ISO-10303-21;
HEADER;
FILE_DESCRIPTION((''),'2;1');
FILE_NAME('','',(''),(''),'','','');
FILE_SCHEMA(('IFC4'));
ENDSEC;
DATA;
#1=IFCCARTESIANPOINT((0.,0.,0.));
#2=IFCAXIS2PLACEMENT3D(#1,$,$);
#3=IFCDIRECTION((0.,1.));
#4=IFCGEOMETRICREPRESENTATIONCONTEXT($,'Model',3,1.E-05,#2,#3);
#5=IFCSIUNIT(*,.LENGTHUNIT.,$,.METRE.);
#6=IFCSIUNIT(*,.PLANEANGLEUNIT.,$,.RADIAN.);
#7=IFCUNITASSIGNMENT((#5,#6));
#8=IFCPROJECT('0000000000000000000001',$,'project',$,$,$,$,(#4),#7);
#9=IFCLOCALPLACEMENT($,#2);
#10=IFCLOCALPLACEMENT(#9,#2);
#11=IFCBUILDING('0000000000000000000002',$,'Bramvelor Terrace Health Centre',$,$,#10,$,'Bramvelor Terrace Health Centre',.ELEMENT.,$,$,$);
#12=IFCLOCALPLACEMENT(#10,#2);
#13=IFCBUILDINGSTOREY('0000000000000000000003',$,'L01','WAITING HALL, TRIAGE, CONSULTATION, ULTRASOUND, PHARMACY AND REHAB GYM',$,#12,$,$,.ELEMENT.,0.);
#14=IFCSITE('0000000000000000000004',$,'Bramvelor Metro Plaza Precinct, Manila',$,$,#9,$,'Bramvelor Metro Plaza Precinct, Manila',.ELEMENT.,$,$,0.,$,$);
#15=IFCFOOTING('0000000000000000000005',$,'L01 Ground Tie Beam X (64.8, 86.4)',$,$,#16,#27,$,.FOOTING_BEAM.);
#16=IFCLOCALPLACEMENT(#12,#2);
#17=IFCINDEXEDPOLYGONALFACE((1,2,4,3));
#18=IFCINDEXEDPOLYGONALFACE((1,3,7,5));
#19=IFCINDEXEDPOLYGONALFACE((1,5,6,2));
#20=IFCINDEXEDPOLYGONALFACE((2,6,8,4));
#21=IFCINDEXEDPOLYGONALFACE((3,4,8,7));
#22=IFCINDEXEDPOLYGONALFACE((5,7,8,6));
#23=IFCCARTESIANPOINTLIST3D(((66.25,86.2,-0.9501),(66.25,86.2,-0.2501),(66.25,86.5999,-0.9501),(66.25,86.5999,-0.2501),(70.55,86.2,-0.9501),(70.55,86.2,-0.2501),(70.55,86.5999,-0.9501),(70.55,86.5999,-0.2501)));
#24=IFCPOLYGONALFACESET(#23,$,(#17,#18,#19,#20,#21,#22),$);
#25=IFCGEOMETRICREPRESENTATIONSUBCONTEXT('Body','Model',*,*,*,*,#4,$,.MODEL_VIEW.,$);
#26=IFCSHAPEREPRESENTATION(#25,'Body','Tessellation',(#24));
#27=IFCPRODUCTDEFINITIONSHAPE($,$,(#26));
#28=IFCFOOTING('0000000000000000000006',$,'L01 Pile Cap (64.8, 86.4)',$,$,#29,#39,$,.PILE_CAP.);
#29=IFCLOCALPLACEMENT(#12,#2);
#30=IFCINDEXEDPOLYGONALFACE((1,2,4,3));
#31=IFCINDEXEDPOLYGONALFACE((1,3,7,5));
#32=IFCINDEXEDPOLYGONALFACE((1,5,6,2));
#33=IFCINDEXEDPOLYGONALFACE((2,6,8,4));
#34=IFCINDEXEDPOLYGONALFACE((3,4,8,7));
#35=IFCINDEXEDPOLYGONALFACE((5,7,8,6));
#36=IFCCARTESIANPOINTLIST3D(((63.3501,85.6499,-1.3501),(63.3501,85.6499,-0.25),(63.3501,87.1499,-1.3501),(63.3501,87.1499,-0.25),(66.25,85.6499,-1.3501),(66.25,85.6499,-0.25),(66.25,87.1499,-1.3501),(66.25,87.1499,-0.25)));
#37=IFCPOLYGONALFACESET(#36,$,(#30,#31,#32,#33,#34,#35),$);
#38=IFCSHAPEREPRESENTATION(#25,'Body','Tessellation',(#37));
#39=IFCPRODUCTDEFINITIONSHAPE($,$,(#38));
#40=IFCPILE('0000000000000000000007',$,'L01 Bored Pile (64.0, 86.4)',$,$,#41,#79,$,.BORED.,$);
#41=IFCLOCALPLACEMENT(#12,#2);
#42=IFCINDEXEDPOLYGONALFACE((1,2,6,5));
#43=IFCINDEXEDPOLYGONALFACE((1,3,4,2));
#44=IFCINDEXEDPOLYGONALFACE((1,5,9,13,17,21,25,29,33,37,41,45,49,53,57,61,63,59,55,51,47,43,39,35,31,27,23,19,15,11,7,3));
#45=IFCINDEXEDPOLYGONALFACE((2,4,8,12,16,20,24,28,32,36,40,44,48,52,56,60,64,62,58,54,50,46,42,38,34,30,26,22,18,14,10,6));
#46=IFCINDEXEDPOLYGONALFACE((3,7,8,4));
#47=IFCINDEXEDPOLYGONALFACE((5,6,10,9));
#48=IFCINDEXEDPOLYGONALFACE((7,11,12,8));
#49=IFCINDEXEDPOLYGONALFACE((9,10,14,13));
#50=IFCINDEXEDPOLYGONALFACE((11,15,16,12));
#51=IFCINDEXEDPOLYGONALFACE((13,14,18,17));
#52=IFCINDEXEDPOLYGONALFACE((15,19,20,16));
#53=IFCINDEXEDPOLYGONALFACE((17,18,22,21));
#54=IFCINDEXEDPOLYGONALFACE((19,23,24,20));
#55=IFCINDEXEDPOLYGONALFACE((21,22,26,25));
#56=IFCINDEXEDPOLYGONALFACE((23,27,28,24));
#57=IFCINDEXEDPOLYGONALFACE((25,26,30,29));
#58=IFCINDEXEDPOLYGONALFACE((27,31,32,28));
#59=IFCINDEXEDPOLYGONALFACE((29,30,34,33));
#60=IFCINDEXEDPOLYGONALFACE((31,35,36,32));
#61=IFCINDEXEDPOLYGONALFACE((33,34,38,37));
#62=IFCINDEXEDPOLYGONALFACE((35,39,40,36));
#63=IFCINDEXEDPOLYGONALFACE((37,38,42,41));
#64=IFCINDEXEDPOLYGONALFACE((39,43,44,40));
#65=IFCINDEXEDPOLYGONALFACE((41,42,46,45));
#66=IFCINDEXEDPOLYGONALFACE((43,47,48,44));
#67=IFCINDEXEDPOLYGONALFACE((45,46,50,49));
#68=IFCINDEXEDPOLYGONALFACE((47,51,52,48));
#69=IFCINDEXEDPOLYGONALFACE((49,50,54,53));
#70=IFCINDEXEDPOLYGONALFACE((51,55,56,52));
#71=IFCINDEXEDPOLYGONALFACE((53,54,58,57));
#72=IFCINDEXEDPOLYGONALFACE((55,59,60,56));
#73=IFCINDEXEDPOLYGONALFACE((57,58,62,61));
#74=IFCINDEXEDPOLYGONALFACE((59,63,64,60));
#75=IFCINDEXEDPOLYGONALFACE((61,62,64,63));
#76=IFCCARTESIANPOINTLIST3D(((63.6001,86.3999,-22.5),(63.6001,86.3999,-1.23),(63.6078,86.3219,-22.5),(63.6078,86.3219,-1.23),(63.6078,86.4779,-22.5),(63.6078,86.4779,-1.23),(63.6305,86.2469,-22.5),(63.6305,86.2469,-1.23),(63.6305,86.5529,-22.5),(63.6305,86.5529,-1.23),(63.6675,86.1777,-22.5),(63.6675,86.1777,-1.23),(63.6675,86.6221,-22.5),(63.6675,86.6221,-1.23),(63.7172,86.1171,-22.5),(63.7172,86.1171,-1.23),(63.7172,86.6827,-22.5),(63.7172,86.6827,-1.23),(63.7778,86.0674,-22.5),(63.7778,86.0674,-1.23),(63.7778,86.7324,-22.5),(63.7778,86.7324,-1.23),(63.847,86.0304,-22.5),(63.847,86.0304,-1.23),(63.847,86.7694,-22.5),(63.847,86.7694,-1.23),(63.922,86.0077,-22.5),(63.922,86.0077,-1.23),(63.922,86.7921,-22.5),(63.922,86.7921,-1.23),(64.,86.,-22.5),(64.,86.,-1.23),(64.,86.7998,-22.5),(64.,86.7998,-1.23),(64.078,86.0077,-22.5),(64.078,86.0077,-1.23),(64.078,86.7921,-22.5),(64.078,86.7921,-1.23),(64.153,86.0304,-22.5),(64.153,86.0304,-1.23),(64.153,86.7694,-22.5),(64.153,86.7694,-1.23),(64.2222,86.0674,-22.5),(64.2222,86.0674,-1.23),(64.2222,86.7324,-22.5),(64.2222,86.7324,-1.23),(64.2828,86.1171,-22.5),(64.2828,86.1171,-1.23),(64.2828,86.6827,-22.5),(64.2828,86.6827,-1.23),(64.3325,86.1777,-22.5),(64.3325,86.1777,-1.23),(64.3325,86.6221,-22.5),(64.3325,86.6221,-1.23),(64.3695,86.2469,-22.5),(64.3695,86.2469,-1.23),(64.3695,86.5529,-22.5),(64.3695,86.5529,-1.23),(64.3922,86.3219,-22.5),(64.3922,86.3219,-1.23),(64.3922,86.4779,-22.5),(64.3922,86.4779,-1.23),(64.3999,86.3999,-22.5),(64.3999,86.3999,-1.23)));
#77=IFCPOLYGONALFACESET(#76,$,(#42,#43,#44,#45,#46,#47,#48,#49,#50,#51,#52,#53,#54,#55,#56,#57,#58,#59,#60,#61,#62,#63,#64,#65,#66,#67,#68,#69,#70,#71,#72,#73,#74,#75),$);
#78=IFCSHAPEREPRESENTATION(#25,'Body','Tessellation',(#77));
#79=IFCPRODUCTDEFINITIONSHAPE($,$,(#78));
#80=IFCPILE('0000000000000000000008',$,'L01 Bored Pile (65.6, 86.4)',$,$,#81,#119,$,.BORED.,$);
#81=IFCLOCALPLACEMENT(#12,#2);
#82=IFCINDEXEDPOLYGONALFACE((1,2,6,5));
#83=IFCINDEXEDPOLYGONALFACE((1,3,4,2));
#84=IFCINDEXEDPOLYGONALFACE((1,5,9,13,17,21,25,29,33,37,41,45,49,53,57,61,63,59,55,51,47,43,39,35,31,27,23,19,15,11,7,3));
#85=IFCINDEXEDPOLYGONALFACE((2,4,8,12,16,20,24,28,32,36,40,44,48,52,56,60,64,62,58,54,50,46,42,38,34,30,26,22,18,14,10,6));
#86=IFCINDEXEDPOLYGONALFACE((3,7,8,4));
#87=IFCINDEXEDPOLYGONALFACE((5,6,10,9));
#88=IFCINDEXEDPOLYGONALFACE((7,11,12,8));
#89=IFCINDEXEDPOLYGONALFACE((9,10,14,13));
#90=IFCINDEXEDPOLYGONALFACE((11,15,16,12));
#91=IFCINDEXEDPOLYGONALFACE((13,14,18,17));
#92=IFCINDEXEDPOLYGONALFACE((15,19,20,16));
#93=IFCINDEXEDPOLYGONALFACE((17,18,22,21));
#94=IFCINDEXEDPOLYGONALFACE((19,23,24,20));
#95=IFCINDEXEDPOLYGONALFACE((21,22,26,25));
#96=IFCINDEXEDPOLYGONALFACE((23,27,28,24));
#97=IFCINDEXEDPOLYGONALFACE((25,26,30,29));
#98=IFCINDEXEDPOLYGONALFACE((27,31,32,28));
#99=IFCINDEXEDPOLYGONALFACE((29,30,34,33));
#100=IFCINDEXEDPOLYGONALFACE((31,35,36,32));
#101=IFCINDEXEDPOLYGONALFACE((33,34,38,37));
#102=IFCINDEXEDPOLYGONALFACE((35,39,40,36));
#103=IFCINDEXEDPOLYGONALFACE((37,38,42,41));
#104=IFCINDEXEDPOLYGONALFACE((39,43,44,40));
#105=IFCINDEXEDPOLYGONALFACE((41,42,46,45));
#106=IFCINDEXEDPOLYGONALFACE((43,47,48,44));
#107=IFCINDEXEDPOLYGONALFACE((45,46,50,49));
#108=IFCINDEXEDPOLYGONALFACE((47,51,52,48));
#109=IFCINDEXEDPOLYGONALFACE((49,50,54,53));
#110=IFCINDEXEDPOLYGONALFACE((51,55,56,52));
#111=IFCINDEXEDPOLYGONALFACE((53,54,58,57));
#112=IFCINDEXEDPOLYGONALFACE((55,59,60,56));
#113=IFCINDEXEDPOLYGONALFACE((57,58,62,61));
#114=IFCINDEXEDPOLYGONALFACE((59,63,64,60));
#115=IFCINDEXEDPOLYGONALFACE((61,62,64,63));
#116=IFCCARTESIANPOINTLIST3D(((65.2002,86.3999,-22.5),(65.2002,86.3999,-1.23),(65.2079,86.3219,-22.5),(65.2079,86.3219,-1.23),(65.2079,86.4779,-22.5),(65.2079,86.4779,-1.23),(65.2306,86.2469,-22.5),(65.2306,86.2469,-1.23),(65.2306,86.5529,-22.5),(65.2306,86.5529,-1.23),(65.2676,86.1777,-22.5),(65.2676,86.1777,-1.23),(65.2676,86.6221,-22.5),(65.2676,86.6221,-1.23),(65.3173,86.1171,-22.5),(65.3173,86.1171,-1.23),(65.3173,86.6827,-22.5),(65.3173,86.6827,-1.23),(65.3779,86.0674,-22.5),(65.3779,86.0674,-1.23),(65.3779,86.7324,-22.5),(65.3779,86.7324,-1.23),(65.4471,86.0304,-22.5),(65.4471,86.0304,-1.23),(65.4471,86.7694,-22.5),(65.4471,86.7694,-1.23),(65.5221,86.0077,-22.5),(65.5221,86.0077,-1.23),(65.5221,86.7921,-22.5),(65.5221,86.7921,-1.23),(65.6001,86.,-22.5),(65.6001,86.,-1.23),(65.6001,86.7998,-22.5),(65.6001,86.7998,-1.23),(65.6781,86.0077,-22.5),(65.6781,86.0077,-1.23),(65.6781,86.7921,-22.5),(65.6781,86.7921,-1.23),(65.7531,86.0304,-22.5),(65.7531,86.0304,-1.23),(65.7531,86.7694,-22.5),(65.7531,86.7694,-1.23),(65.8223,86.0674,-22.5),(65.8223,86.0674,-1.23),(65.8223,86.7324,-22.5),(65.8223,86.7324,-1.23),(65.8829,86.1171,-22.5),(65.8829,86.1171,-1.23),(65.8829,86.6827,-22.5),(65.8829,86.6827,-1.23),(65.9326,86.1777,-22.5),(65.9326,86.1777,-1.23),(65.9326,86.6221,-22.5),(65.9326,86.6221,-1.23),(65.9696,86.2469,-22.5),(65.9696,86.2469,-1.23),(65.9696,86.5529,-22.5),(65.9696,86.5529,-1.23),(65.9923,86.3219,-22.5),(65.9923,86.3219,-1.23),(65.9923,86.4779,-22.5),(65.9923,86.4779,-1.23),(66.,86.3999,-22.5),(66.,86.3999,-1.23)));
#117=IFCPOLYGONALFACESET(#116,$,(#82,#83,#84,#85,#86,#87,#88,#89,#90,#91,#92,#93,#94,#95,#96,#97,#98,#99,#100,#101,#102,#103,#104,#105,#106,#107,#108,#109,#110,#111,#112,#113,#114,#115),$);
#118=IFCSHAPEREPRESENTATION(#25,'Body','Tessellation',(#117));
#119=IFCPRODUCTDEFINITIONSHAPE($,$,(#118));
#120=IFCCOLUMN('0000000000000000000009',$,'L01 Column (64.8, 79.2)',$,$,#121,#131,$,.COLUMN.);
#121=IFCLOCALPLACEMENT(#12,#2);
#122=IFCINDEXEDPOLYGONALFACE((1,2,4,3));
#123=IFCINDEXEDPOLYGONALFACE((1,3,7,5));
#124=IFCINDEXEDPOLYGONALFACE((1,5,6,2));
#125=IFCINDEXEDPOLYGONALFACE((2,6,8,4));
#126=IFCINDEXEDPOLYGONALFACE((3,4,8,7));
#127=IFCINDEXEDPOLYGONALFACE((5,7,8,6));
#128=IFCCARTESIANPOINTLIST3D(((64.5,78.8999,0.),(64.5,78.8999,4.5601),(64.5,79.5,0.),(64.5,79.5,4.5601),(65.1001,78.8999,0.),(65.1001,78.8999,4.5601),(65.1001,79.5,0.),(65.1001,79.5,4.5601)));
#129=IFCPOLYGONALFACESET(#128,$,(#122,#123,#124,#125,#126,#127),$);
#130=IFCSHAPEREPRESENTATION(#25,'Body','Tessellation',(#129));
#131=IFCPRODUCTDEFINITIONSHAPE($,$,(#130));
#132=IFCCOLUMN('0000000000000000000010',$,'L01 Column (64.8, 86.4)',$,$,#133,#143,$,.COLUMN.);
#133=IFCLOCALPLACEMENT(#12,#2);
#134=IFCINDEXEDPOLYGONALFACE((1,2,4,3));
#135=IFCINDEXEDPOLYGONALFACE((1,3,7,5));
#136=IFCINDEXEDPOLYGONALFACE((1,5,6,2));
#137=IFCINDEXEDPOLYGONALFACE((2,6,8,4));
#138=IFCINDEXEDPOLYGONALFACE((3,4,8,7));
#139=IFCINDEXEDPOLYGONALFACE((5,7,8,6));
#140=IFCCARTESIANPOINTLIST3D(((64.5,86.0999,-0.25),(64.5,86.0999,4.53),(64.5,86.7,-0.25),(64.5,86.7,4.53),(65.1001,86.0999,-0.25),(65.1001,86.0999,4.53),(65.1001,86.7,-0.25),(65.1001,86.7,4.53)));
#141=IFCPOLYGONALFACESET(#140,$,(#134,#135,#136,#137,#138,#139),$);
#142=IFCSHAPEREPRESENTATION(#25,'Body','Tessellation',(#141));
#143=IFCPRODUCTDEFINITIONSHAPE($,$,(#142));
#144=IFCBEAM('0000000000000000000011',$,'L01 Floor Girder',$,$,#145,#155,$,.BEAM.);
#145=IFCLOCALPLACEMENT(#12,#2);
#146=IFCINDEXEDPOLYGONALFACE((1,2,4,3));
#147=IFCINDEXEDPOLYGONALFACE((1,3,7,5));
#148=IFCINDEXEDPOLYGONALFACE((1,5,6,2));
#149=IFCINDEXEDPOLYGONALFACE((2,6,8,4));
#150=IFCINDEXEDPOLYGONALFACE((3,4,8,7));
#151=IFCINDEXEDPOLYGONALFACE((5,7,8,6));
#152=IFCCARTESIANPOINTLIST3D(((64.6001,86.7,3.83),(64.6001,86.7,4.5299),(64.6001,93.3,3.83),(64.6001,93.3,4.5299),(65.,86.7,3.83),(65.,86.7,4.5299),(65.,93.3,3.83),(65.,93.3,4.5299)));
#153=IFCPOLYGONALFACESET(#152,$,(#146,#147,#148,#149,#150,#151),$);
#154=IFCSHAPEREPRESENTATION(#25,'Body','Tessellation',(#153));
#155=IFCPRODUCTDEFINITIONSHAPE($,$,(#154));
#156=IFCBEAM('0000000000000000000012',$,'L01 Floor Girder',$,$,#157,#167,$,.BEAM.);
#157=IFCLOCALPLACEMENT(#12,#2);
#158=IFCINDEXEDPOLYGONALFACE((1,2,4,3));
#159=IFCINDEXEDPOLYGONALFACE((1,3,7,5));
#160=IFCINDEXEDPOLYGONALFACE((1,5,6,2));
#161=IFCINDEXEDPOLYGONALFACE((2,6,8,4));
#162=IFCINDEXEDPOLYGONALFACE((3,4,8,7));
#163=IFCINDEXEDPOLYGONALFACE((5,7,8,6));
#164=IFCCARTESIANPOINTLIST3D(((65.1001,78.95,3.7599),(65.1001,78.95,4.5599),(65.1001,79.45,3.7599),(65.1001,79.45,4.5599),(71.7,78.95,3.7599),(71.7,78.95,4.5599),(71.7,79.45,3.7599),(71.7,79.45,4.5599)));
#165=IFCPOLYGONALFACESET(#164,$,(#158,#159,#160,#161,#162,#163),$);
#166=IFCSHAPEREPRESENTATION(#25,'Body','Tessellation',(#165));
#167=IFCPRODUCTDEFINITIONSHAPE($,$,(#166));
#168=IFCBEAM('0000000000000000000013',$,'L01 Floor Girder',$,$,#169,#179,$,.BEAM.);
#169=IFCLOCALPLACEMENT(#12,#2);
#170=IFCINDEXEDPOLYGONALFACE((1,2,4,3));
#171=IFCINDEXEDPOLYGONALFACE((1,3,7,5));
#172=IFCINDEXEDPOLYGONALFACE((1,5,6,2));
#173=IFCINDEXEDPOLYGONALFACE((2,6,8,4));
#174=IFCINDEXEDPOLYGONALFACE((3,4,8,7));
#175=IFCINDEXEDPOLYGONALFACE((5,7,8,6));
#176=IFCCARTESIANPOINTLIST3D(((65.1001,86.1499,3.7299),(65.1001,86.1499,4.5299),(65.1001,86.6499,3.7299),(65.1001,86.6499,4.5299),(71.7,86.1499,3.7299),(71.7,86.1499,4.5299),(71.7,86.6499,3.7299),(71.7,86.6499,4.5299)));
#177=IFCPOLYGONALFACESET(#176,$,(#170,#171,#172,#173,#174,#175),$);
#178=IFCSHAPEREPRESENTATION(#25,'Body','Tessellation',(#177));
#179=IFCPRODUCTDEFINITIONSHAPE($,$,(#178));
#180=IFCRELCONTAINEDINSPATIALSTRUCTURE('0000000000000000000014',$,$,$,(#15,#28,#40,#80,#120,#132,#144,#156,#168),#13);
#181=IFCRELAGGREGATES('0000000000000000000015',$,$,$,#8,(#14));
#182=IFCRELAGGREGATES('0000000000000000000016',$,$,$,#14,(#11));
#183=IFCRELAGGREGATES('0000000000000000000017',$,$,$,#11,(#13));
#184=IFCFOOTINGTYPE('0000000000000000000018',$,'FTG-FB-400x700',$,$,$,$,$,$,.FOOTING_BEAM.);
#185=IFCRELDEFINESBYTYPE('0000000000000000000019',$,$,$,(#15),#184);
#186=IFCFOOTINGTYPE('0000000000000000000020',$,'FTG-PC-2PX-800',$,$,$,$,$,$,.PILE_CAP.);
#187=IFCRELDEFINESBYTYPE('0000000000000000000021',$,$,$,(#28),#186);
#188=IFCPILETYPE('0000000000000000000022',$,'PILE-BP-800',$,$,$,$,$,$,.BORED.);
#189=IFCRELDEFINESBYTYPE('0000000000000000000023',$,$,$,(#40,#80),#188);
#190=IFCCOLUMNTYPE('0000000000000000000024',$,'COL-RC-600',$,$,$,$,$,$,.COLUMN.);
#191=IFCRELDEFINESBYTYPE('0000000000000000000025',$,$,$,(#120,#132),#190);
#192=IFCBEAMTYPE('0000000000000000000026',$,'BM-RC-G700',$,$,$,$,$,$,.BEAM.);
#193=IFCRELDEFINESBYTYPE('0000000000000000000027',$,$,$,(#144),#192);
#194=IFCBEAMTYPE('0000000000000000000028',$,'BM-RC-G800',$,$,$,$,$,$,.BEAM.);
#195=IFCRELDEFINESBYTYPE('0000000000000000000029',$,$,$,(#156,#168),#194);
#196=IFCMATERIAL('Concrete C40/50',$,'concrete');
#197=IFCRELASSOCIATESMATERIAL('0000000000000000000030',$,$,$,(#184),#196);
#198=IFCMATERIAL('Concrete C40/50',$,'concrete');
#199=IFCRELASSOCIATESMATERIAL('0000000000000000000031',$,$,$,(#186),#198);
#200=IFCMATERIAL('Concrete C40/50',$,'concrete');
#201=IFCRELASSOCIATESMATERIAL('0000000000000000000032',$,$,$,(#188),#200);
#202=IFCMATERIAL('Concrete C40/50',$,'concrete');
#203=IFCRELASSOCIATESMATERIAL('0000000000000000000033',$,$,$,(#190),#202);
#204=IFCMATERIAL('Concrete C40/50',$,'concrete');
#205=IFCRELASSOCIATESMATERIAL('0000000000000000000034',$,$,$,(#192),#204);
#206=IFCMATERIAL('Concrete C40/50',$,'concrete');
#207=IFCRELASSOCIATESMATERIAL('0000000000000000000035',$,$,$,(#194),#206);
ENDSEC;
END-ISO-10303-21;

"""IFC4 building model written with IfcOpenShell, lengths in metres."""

from ifc_helpers import new_model, si_unit, direction, frame, origin, origin_2d, place, context, subcontext, project, spatial, rectangle, circle, extrude, material, material_profile, profile_set, type_object, element, save


model = new_model("IFC4")

# Units and contexts
model_context = context("Model", 3, precision=1e-05, world=origin(), true_north=direction((0.0, 1.0)))
body_context = subcontext(model_context, "Body", "Model", "MODEL_VIEW")
ifc_project = project(units=[si_unit("LENGTHUNIT", "METRE"), si_unit("PLANEANGLEUNIT", "RADIAN")], contexts=[model_context])

# Site, building, storey
site_placement = place(None, origin())
site = spatial("IfcSite", under=ifc_project, at=site_placement, Name="Bramvelor Metro Plaza Precinct, Manila", LongName="Bramvelor Metro Plaza Precinct, Manila", CompositionType="ELEMENT", RefElevation=0.0)
building_placement = place(site_placement, origin())
building = spatial("IfcBuilding", under=site, at=building_placement, Name="Bramvelor Terrace Health Centre", LongName="Bramvelor Terrace Health Centre", CompositionType="ELEMENT")
storey_placement = place(building_placement, origin())
storey = spatial("IfcBuildingStorey", under=building, at=storey_placement, Name="L01", Description="WAITING HALL, TRIAGE, CONSULTATION, ULTRASOUND, PHARMACY AND REHAB GYM", CompositionType="ELEMENT", Elevation=0.0)

# Footings
ifc_material_1 = material(Name="Concrete C40/50", Category="concrete")
ifc_material_profile_1 = material_profile(ifc_material_1, rectangle(XDim=0.3999, YDim=0.7, at=origin_2d()), Name="RC 400x700")
ifc_profile_set_1 = profile_set([ifc_material_profile_1], Name="Concrete C40/50")
footing_type_1 = type_object("IfcFootingType", Name="FTG-FB-400x700", PredefinedType="FOOTING_BEAM", material=ifc_profile_set_1)
footing_1_placement = place(storey_placement, frame((66.25, 86.3999, -0.6001), z_axis=(1.0, 0.0, 0.0), x_axis=(0.0, 1.0, 0.0)))
element("IfcFooting", 1, at=footing_1_placement, inside=storey, type_object=footing_type_1, Name="L01 Ground Tie Beam X (64.8, 86.4)", PredefinedType="FOOTING_BEAM", context=body_context, shape_type="SweptSolid", body=[
    extrude(rectangle(XDim=0.3999, YDim=0.7, at=origin_2d()), origin(), (0.0, 0.0, 1.0), 4.3),
])
ifc_material_2 = material(Name="Concrete C40/50", Category="concrete")
footing_type_2 = type_object("IfcFootingType", Name="FTG-PC-2PX-800", PredefinedType="PILE_CAP", material=ifc_material_2)
footing_2_placement = place(storey_placement, frame((64.8, 86.3999, -1.3501), z_axis=(0.0, 0.0, 1.0), x_axis=(1.0, 0.0, 0.0)))
element("IfcFooting", 2, at=footing_2_placement, inside=storey, type_object=footing_type_2, Name="L01 Pile Cap (64.8, 86.4)", PredefinedType="PILE_CAP", context=body_context, shape_type="SweptSolid", body=[
    extrude(rectangle(XDim=2.8999, YDim=1.5, at=origin_2d()), origin(), (0.0, 0.0, 1.0), 1.1001),
])

# Piles
ifc_material_3 = material(Name="Concrete C40/50", Category="concrete")
ifc_material_profile_2 = material_profile(ifc_material_3, circle(Radius=0.3999, at=origin_2d()), Name="BP D800")
ifc_profile_set_2 = profile_set([ifc_material_profile_2], Name="Concrete C40/50")
pile_type = type_object("IfcPileType", Name="PILE-BP-800", PredefinedType="BORED", material=ifc_profile_set_2)
for number, where, z_axis, x_axis, name in (
    (3, (64.0, 86.3999, -1.23), (0.0, 0.0, -1.0), (1.0, 0.0, 0.0), "L01 Bored Pile (64.0, 86.4)"),
    (4, (65.6001, 86.3999, -1.23), (0.0, 0.0, -1.0), (1.0, 0.0, 0.0), "L01 Bored Pile (65.6, 86.4)"),
):
    element("IfcPile", number, at=place(storey_placement, frame(where, z_axis=z_axis, x_axis=x_axis)), inside=storey, type_object=pile_type, Name=name, PredefinedType="BORED", context=body_context, shape_type="SweptSolid", body=[
        extrude(circle(Radius=0.3999, at=origin_2d()), origin(), (0.0, 0.0, 1.0), 21.27),
    ])

# Columns
ifc_material_4 = material(Name="Concrete C40/50", Category="concrete")
ifc_material_profile_3 = material_profile(ifc_material_4, rectangle(XDim=0.6001, YDim=0.6001, at=origin_2d()), Name="RC 600x600")
ifc_profile_set_3 = profile_set([ifc_material_profile_3], Name="Concrete C40/50")
column_type = type_object("IfcColumnType", Name="COL-RC-600", PredefinedType="COLUMN", material=ifc_profile_set_3)
column_1_placement = place(storey_placement, frame((64.8, 79.2, 0.0), z_axis=(0.0, 0.0, 1.0), x_axis=(1.0, 0.0, 0.0)))
element("IfcColumn", 5, at=column_1_placement, inside=storey, type_object=column_type, Name="L01 Column (64.8, 79.2)", PredefinedType="COLUMN", context=body_context, shape_type="SweptSolid", body=[
    extrude(rectangle(XDim=0.6001, YDim=0.6001, at=origin_2d()), origin(), (0.0, 0.0, 1.0), 4.5601),
])
column_2_placement = place(storey_placement, frame((64.8, 86.3999, -0.25), z_axis=(0.0, 0.0, 1.0), x_axis=(1.0, 0.0, 0.0)))
element("IfcColumn", 6, at=column_2_placement, inside=storey, type_object=column_type, Name="L01 Column (64.8, 86.4)", PredefinedType="COLUMN", context=body_context, shape_type="SweptSolid", body=[
    extrude(rectangle(XDim=0.6001, YDim=0.6001, at=origin_2d()), origin(), (0.0, 0.0, 1.0), 4.78),
])

# Beams
ifc_material_5 = material(Name="Concrete C40/50", Category="concrete")
ifc_material_profile_4 = material_profile(ifc_material_5, rectangle(XDim=0.3999, YDim=0.7, at=origin_2d()), Name="RC 400x700")
ifc_profile_set_4 = profile_set([ifc_material_profile_4], Name="Concrete C40/50")
beam_type_1 = type_object("IfcBeamType", Name="BM-RC-G700", PredefinedType="BEAM", material=ifc_profile_set_4)
beam_1_placement = place(storey_placement, frame((64.8, 86.7, 4.1799), z_axis=(0.0, 1.0, 0.0), x_axis=(-1.0, 0.0, 0.0)))
element("IfcBeam", 7, at=beam_1_placement, inside=storey, type_object=beam_type_1, Name="L01 Floor Girder", PredefinedType="BEAM", context=body_context, shape_type="SweptSolid", body=[
    extrude(rectangle(XDim=0.3999, YDim=0.7, at=origin_2d()), origin(), (0.0, 0.0, 1.0), 6.6001),
])
ifc_material_6 = material(Name="Concrete C40/50", Category="concrete")
ifc_material_profile_5 = material_profile(ifc_material_6, rectangle(XDim=0.5, YDim=0.8, at=origin_2d()), Name="RC 500x800")
ifc_profile_set_5 = profile_set([ifc_material_profile_5], Name="Concrete C40/50")
beam_type_2 = type_object("IfcBeamType", Name="BM-RC-G800", PredefinedType="BEAM", material=ifc_profile_set_5)
for number, where, z_axis, x_axis, name in (
    (8, (65.1001, 79.2, 4.1599), (1.0, 0.0, 0.0), (0.0, 1.0, 0.0), "L01 Floor Girder"),
    (9, (65.1001, 86.3999, 4.1299), (1.0, 0.0, 0.0), (0.0, 1.0, 0.0), "L01 Floor Girder"),
):
    element("IfcBeam", number, at=place(storey_placement, frame(where, z_axis=z_axis, x_axis=x_axis)), inside=storey, type_object=beam_type_2, Name=name, PredefinedType="BEAM", context=body_context, shape_type="SweptSolid", body=[
        extrude(rectangle(XDim=0.5, YDim=0.8, at=origin_2d()), origin(), (0.0, 0.0, 1.0), 6.5999),
    ])

save(model, "model.ifc")
